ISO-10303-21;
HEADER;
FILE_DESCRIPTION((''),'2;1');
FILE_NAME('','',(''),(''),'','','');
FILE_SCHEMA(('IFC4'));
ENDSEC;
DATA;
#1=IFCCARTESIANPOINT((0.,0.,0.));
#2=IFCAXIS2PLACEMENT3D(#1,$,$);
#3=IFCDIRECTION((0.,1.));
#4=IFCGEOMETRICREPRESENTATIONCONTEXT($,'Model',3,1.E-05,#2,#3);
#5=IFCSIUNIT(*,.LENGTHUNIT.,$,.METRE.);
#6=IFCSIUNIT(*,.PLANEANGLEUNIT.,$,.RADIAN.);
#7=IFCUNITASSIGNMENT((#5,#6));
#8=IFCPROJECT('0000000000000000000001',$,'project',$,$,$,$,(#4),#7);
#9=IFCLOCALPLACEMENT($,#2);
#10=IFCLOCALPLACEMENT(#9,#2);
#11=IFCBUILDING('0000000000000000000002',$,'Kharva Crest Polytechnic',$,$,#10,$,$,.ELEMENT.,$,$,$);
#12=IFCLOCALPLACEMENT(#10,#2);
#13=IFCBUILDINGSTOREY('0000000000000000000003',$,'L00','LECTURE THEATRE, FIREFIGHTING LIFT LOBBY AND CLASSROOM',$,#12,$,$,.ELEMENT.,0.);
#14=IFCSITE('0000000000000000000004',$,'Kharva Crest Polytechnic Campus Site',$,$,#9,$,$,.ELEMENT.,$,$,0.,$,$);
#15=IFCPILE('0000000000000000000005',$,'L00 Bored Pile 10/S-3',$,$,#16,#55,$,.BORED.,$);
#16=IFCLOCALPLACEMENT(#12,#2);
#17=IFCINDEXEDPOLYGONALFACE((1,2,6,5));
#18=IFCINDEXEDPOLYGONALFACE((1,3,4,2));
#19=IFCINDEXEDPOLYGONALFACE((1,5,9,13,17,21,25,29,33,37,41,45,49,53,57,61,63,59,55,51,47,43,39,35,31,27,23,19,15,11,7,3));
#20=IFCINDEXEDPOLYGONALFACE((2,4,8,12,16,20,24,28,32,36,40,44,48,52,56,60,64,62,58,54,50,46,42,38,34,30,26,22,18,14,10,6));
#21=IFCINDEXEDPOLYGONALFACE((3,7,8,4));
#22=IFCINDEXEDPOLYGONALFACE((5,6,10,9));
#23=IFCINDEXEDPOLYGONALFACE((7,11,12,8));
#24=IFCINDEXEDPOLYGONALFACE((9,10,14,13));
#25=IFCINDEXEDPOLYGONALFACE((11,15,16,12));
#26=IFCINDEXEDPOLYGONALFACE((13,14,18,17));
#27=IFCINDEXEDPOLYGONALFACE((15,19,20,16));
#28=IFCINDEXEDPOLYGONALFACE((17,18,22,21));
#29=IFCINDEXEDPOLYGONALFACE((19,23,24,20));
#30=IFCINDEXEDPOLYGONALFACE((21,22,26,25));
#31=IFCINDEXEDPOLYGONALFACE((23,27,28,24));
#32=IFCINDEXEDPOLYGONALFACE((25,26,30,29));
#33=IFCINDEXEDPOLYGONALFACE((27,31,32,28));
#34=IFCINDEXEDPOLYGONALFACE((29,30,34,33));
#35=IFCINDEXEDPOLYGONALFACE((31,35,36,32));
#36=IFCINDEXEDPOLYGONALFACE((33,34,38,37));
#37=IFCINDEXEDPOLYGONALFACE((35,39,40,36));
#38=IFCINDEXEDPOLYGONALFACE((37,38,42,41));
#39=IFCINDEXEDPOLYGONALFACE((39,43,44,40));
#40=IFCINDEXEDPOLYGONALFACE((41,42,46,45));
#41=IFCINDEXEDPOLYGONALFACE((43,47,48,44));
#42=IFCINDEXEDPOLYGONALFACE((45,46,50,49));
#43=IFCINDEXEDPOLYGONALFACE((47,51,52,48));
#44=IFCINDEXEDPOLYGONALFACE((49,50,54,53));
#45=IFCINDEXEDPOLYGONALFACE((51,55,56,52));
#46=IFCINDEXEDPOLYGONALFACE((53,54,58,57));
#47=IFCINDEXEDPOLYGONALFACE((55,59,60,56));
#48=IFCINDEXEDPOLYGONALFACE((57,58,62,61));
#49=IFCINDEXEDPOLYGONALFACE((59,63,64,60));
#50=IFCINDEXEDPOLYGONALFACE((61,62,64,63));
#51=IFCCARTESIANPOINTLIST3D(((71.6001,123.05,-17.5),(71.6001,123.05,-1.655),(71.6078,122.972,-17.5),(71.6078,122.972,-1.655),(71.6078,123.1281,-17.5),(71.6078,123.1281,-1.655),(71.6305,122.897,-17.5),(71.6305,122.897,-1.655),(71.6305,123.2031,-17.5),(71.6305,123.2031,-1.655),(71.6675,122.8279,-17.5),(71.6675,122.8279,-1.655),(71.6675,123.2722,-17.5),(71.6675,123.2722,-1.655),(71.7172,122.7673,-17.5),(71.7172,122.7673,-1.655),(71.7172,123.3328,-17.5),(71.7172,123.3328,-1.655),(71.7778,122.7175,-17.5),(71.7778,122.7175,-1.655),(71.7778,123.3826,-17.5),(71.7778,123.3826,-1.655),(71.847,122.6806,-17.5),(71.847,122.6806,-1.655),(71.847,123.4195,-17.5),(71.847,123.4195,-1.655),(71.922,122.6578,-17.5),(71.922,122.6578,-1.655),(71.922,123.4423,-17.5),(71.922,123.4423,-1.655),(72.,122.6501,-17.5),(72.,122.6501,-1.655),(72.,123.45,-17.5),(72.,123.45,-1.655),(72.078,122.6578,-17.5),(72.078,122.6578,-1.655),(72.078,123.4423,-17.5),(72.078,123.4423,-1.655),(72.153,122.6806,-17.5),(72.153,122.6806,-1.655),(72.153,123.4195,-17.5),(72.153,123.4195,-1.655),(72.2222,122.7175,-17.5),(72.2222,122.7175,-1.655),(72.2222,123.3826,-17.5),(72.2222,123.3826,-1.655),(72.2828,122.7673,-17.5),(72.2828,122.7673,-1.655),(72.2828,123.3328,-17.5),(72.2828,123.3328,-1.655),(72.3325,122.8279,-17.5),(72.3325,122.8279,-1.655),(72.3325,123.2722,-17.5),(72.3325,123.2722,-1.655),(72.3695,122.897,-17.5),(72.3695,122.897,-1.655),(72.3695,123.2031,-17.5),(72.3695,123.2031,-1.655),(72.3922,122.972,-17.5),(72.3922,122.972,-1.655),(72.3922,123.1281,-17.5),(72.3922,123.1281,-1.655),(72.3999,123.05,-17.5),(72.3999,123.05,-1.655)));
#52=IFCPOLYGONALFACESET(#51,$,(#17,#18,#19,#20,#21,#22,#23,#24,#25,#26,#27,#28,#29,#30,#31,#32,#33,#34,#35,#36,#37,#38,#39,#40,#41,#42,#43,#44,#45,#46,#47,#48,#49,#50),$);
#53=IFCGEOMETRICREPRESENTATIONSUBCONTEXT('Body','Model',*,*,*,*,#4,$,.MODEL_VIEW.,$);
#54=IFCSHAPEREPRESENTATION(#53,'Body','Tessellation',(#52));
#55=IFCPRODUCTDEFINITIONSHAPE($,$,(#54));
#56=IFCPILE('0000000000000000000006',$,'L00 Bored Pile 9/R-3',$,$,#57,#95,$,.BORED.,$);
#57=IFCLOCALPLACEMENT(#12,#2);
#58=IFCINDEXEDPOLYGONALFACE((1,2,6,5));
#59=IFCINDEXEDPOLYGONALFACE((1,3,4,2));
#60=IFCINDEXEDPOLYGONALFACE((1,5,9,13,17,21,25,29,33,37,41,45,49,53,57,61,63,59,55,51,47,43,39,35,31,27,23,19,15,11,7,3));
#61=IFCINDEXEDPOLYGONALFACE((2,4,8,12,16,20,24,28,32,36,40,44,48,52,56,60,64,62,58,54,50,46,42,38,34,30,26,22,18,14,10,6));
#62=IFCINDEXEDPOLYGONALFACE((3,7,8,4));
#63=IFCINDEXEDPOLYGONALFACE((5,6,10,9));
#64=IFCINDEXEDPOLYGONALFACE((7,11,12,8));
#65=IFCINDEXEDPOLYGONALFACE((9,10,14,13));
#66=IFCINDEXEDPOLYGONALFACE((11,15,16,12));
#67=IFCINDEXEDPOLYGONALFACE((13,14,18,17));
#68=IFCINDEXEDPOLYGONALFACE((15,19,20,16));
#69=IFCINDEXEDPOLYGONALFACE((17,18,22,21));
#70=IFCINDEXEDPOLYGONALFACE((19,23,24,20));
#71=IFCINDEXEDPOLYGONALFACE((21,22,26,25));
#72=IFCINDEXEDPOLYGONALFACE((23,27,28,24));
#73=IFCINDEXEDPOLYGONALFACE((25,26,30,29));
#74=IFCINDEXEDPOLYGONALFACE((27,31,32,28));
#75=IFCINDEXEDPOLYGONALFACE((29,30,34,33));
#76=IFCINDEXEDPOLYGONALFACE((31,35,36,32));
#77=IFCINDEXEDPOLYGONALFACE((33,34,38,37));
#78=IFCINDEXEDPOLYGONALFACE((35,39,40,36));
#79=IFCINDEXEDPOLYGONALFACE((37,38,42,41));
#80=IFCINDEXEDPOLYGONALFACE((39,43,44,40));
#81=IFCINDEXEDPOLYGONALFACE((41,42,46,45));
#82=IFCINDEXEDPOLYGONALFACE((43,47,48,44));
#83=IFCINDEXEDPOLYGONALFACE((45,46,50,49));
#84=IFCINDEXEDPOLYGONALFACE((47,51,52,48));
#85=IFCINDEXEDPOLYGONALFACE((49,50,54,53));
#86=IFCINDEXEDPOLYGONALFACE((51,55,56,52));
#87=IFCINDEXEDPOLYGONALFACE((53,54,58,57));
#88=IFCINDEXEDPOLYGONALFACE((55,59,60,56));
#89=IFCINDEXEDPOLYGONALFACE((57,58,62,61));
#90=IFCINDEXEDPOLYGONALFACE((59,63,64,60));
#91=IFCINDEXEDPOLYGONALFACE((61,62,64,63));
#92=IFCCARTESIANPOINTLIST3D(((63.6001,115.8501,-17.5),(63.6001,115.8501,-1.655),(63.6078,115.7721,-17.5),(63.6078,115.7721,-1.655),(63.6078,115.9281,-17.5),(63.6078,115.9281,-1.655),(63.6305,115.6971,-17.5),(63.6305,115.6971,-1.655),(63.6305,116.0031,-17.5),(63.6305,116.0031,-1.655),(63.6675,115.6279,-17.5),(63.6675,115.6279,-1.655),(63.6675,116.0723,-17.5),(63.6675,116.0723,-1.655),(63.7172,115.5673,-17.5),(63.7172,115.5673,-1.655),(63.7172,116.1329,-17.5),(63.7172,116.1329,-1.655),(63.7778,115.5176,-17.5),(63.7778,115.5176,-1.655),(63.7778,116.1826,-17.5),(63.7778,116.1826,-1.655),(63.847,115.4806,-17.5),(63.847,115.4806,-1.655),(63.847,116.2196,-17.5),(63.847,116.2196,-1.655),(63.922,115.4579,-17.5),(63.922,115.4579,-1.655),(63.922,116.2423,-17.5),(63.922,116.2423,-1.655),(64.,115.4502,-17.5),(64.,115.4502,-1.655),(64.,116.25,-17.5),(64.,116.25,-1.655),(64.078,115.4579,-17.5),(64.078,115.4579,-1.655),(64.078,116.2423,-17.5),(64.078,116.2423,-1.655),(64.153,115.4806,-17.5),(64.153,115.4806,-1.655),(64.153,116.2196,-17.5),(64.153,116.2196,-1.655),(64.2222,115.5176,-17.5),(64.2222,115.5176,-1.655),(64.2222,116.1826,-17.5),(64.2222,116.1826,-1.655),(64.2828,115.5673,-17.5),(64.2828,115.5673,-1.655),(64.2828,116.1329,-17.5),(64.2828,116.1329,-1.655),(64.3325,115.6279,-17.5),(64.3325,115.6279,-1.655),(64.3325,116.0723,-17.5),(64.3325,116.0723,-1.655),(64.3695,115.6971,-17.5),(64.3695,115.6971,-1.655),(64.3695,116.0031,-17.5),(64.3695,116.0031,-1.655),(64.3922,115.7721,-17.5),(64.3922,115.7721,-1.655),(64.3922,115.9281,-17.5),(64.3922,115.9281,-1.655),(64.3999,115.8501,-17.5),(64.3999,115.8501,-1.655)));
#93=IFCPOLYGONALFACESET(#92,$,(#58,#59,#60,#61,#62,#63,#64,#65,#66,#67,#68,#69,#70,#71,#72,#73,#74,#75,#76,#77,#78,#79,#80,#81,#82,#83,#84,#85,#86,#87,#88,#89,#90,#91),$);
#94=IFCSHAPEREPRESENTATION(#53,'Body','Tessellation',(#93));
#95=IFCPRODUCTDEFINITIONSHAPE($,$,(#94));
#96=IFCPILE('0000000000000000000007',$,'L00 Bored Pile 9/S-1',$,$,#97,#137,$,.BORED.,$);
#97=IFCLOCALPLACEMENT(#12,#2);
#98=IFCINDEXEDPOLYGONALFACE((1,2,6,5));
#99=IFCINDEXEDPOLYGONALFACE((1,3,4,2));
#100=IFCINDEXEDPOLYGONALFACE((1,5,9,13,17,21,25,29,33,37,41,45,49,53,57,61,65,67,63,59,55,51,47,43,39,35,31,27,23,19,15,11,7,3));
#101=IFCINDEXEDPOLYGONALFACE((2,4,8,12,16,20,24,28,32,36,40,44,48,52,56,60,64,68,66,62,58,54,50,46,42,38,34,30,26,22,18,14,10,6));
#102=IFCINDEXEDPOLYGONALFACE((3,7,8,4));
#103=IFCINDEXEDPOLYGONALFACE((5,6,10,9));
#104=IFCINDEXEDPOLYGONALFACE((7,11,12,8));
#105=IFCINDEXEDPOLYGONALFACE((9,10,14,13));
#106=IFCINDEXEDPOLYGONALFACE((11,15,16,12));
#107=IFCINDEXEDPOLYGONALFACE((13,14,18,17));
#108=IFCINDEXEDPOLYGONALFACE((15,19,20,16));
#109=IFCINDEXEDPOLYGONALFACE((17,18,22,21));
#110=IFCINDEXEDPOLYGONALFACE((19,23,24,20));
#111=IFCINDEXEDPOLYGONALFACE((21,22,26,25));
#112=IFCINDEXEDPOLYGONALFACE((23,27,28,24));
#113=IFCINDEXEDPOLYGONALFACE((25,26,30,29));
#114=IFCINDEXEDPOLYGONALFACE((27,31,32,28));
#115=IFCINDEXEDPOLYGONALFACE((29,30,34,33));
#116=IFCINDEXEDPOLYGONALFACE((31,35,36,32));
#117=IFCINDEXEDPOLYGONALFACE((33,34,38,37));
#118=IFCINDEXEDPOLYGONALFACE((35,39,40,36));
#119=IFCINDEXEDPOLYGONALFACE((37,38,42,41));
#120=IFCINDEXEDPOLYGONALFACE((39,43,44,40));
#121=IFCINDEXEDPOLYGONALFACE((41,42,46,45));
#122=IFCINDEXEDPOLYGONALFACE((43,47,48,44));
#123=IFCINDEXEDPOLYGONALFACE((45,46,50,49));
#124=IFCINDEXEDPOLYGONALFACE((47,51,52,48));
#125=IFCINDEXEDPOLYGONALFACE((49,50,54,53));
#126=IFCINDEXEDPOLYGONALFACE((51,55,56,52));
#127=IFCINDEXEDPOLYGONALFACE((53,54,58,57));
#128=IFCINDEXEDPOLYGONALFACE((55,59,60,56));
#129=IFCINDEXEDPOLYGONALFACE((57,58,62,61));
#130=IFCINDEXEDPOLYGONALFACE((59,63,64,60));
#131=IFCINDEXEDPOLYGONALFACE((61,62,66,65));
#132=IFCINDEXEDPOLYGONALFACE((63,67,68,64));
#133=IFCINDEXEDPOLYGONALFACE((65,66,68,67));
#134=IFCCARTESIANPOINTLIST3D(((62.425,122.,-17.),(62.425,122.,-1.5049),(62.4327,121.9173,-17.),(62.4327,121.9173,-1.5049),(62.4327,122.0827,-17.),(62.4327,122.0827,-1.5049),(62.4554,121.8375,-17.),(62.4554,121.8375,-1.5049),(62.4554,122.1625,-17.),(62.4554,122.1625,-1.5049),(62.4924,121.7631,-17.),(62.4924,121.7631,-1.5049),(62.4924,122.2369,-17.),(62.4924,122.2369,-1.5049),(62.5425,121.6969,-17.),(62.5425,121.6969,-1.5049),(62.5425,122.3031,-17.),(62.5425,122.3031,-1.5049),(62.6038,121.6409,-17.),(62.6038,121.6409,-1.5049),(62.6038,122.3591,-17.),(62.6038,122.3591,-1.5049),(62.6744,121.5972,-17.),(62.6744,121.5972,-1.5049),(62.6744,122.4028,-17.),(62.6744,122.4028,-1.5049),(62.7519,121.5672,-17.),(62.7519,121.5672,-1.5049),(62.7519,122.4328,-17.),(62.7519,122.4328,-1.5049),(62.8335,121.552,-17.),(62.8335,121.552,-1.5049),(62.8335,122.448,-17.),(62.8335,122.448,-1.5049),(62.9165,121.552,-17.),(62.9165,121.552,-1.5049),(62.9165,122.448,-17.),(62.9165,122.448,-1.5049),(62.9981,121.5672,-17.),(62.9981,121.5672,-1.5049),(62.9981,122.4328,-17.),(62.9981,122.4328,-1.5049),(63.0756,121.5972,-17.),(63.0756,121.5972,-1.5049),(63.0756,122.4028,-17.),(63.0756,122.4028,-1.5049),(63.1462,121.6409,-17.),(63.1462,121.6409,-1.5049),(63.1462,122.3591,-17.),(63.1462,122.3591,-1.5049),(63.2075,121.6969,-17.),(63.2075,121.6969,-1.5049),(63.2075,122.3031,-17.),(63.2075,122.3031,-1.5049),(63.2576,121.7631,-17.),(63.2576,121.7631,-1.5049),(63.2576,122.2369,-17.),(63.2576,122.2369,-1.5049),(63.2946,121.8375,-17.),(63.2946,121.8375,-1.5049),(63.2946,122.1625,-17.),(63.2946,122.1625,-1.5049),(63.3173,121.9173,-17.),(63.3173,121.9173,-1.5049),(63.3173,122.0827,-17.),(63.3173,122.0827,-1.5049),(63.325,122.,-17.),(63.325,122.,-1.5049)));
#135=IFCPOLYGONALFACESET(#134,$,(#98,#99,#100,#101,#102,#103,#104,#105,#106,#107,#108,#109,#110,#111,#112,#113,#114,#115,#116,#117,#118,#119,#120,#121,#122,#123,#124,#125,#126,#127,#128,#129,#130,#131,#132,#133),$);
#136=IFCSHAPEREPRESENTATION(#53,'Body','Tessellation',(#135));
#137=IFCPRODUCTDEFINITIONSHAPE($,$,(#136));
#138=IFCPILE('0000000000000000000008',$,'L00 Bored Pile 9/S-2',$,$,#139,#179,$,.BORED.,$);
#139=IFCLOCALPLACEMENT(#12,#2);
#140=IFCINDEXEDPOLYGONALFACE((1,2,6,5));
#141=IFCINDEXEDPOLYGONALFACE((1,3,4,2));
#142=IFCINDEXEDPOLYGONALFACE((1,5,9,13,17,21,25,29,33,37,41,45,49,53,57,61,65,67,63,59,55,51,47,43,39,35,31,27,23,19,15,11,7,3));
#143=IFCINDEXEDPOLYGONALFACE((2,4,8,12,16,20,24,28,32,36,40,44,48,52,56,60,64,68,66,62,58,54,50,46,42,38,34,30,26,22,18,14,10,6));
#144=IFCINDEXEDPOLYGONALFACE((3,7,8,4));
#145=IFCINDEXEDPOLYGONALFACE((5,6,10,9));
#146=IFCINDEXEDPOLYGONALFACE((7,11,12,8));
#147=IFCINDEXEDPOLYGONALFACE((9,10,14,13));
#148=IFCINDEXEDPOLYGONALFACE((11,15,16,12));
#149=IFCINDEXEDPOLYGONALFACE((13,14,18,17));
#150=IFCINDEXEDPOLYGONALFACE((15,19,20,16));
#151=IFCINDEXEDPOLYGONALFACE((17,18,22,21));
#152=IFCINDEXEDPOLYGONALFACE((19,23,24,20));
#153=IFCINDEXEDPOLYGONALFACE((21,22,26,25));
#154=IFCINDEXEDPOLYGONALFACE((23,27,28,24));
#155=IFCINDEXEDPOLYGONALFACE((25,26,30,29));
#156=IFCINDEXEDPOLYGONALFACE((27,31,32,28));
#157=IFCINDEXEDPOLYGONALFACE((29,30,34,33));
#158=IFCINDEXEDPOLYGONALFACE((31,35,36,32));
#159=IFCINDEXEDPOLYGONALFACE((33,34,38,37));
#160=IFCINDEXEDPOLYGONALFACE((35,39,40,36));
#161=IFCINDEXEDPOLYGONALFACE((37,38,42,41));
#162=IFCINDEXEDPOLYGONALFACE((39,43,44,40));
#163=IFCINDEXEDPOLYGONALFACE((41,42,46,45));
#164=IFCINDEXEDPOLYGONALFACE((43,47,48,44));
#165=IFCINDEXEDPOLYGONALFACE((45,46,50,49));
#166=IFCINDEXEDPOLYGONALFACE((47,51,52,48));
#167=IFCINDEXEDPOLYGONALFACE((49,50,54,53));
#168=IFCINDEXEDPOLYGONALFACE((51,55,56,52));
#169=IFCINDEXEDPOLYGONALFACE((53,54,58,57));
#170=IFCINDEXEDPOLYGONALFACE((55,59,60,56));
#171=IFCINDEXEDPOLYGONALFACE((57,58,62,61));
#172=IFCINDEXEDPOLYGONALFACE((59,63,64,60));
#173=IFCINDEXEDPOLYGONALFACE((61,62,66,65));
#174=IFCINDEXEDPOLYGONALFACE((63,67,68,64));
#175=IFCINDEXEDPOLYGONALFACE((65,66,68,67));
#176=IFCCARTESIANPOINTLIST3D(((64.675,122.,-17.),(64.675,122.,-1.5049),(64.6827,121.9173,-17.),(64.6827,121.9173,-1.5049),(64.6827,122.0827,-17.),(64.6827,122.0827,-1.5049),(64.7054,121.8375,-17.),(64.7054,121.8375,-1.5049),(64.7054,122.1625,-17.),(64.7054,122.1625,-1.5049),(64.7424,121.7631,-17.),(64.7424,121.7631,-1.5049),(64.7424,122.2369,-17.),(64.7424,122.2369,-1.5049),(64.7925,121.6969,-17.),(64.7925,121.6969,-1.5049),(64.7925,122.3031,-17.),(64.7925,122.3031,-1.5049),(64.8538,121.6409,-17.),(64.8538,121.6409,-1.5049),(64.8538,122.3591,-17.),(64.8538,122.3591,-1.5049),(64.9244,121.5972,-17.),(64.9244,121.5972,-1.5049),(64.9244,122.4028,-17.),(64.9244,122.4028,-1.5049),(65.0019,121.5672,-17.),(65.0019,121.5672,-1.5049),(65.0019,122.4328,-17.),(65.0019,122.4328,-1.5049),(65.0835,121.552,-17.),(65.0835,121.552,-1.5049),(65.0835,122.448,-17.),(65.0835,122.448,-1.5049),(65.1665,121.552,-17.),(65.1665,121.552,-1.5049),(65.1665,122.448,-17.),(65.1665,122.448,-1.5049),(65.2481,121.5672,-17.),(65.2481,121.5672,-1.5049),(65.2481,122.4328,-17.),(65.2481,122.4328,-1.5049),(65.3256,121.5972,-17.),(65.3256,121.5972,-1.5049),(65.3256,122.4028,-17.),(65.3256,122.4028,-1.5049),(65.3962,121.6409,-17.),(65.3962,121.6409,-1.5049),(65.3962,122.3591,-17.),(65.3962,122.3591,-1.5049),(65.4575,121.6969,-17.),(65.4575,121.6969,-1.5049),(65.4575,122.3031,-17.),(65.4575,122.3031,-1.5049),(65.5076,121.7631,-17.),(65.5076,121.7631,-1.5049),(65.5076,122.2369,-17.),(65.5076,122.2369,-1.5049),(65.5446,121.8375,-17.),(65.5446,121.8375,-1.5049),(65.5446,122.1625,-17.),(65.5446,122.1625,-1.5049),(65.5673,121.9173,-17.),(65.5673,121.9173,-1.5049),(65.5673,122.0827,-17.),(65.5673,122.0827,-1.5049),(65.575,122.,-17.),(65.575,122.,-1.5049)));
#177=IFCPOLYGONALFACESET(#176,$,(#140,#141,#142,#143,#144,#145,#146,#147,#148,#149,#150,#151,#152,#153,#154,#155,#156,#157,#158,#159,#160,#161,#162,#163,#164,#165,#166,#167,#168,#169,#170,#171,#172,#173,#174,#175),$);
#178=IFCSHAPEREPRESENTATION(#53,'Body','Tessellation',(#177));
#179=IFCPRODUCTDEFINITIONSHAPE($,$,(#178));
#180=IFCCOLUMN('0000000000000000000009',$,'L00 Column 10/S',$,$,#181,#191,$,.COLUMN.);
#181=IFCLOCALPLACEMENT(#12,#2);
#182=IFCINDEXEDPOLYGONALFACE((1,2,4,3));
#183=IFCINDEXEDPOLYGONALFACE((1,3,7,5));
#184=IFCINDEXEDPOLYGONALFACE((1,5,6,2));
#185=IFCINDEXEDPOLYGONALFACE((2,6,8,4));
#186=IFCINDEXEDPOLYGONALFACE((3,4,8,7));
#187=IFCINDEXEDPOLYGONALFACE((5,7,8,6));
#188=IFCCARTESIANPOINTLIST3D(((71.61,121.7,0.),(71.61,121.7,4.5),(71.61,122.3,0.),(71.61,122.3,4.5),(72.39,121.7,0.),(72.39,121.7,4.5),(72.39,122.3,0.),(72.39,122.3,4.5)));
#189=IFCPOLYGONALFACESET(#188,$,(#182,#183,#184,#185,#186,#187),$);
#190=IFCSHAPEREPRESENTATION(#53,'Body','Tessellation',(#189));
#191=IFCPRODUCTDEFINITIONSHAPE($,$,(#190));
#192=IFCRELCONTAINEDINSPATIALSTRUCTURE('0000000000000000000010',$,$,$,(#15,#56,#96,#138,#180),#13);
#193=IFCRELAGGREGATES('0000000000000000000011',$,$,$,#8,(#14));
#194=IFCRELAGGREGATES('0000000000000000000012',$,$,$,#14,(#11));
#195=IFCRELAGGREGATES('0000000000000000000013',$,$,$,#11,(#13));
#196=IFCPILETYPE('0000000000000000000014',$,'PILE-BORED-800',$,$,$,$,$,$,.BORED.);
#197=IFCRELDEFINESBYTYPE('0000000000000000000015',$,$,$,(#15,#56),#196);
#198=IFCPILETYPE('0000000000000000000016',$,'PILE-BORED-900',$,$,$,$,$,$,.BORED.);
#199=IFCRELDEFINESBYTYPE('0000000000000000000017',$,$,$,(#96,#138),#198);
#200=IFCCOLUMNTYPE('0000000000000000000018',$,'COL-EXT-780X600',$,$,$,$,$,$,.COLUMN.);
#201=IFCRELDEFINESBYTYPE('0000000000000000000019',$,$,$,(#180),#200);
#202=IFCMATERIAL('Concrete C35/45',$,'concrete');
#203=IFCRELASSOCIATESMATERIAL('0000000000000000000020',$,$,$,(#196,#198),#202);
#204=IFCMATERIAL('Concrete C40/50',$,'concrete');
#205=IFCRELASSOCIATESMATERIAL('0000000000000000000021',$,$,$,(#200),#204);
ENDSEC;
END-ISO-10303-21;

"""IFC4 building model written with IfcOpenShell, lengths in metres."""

from ifc_helpers import new_model, si_unit, direction, frame, origin, origin_2d, place, context, subcontext, project, spatial, rectangle, circle, extrude, material, material_profile, profile_set, type_object, element, save


model = new_model("IFC4")

# Units and contexts
model_context = context("Model", 3, precision=1e-05, world=origin(), true_north=direction((0.0, 1.0)))
body_context = subcontext(model_context, "Body", "Model", "MODEL_VIEW")
ifc_project = project(units=[si_unit("LENGTHUNIT", "METRE"), si_unit("PLANEANGLEUNIT", "RADIAN")], contexts=[model_context])

# Site, building, storey
site_placement = place(None, origin())
site = spatial("IfcSite", under=ifc_project, at=site_placement, Name="Kharva Crest Polytechnic Campus Site", CompositionType="ELEMENT", RefElevation=0.0)
building_placement = place(site_placement, origin())
building = spatial("IfcBuilding", under=site, at=building_placement, Name="Kharva Crest Polytechnic", CompositionType="ELEMENT")
storey_placement = place(building_placement, origin())
storey = spatial("IfcBuildingStorey", under=building, at=storey_placement, Name="L00", Description="LECTURE THEATRE, FIREFIGHTING LIFT LOBBY AND CLASSROOM", CompositionType="ELEMENT", Elevation=0.0)

# Shared definitions
ifc_material_1 = material(Name="Concrete C35/45", Category="concrete")

# Piles
ifc_material_profile_1 = material_profile(ifc_material_1, circle(Radius=0.3999, at=origin_2d()), Name="DIA 800")
ifc_profile_set_1 = profile_set([ifc_material_profile_1], Name="Concrete C35/45")
pile_type_1 = type_object("IfcPileType", Name="PILE-BORED-800", PredefinedType="BORED", material=ifc_profile_set_1)
for number, where, z_axis, x_axis, name in (
    (1, (72.0, 123.05, -1.655), (0.0, 0.0, -1.0), (1.0, 0.0, 0.0), "L00 Bored Pile 10/S-3"),
    (2, (64.0, 115.8501, -1.655), (0.0, 0.0, -1.0), (1.0, 0.0, 0.0), "L00 Bored Pile 9/R-3"),
):
    element("IfcPile", number, at=place(storey_placement, frame(where, z_axis=z_axis, x_axis=x_axis)), inside=storey, type_object=pile_type_1, Name=name, PredefinedType="BORED", context=body_context, shape_type="SweptSolid", body=[
        extrude(circle(Radius=0.3999, at=origin_2d()), origin(), (0.0, 0.0, 1.0), 15.845),
    ])
ifc_material_profile_2 = material_profile(ifc_material_1, circle(Radius=0.45, at=origin_2d()), Name="DIA 900")
ifc_profile_set_2 = profile_set([ifc_material_profile_2], Name="Concrete C35/45")
pile_type_2 = type_object("IfcPileType", Name="PILE-BORED-900", PredefinedType="BORED", material=ifc_profile_set_2)
for number, where, z_axis, x_axis, name in (
    (3, (62.875, 122.0, -1.5049), (0.0, 0.0, -1.0), (1.0, 0.0, 0.0), "L00 Bored Pile 9/S-1"),
    (4, (65.125, 122.0, -1.5049), (0.0, 0.0, -1.0), (1.0, 0.0, 0.0), "L00 Bored Pile 9/S-2"),
):
    element("IfcPile", number, at=place(storey_placement, frame(where, z_axis=z_axis, x_axis=x_axis)), inside=storey, type_object=pile_type_2, Name=name, PredefinedType="BORED", context=body_context, shape_type="SweptSolid", body=[
        extrude(circle(Radius=0.45, at=origin_2d()), origin(), (0.0, 0.0, 1.0), 15.4951),
    ])

# Column
ifc_material_2 = material(Name="Concrete C40/50", Category="concrete")
ifc_material_profile_3 = material_profile(ifc_material_2, rectangle(XDim=0.78, YDim=0.6001, at=origin_2d()), Name="RECT 780 X 600")
ifc_profile_set_3 = profile_set([ifc_material_profile_3], Name="Concrete C40/50")
column_type_1 = type_object("IfcColumnType", Name="COL-EXT-780X600", PredefinedType="COLUMN", material=ifc_profile_set_3)
column_1_placement = place(storey_placement, frame((72.0, 122.0, 0.0), z_axis=(0.0, 0.0, 1.0), x_axis=(1.0, 0.0, 0.0)))
element("IfcColumn", 5, at=column_1_placement, inside=storey, type_object=column_type_1, Name="L00 Column 10/S", PredefinedType="COLUMN", context=body_context, shape_type="SweptSolid", body=[
    extrude(rectangle(XDim=0.78, YDim=0.6001, at=origin_2d()), origin(), (0.0, 0.0, 1.0), 4.5),
])

save(model, "model.ifc")
